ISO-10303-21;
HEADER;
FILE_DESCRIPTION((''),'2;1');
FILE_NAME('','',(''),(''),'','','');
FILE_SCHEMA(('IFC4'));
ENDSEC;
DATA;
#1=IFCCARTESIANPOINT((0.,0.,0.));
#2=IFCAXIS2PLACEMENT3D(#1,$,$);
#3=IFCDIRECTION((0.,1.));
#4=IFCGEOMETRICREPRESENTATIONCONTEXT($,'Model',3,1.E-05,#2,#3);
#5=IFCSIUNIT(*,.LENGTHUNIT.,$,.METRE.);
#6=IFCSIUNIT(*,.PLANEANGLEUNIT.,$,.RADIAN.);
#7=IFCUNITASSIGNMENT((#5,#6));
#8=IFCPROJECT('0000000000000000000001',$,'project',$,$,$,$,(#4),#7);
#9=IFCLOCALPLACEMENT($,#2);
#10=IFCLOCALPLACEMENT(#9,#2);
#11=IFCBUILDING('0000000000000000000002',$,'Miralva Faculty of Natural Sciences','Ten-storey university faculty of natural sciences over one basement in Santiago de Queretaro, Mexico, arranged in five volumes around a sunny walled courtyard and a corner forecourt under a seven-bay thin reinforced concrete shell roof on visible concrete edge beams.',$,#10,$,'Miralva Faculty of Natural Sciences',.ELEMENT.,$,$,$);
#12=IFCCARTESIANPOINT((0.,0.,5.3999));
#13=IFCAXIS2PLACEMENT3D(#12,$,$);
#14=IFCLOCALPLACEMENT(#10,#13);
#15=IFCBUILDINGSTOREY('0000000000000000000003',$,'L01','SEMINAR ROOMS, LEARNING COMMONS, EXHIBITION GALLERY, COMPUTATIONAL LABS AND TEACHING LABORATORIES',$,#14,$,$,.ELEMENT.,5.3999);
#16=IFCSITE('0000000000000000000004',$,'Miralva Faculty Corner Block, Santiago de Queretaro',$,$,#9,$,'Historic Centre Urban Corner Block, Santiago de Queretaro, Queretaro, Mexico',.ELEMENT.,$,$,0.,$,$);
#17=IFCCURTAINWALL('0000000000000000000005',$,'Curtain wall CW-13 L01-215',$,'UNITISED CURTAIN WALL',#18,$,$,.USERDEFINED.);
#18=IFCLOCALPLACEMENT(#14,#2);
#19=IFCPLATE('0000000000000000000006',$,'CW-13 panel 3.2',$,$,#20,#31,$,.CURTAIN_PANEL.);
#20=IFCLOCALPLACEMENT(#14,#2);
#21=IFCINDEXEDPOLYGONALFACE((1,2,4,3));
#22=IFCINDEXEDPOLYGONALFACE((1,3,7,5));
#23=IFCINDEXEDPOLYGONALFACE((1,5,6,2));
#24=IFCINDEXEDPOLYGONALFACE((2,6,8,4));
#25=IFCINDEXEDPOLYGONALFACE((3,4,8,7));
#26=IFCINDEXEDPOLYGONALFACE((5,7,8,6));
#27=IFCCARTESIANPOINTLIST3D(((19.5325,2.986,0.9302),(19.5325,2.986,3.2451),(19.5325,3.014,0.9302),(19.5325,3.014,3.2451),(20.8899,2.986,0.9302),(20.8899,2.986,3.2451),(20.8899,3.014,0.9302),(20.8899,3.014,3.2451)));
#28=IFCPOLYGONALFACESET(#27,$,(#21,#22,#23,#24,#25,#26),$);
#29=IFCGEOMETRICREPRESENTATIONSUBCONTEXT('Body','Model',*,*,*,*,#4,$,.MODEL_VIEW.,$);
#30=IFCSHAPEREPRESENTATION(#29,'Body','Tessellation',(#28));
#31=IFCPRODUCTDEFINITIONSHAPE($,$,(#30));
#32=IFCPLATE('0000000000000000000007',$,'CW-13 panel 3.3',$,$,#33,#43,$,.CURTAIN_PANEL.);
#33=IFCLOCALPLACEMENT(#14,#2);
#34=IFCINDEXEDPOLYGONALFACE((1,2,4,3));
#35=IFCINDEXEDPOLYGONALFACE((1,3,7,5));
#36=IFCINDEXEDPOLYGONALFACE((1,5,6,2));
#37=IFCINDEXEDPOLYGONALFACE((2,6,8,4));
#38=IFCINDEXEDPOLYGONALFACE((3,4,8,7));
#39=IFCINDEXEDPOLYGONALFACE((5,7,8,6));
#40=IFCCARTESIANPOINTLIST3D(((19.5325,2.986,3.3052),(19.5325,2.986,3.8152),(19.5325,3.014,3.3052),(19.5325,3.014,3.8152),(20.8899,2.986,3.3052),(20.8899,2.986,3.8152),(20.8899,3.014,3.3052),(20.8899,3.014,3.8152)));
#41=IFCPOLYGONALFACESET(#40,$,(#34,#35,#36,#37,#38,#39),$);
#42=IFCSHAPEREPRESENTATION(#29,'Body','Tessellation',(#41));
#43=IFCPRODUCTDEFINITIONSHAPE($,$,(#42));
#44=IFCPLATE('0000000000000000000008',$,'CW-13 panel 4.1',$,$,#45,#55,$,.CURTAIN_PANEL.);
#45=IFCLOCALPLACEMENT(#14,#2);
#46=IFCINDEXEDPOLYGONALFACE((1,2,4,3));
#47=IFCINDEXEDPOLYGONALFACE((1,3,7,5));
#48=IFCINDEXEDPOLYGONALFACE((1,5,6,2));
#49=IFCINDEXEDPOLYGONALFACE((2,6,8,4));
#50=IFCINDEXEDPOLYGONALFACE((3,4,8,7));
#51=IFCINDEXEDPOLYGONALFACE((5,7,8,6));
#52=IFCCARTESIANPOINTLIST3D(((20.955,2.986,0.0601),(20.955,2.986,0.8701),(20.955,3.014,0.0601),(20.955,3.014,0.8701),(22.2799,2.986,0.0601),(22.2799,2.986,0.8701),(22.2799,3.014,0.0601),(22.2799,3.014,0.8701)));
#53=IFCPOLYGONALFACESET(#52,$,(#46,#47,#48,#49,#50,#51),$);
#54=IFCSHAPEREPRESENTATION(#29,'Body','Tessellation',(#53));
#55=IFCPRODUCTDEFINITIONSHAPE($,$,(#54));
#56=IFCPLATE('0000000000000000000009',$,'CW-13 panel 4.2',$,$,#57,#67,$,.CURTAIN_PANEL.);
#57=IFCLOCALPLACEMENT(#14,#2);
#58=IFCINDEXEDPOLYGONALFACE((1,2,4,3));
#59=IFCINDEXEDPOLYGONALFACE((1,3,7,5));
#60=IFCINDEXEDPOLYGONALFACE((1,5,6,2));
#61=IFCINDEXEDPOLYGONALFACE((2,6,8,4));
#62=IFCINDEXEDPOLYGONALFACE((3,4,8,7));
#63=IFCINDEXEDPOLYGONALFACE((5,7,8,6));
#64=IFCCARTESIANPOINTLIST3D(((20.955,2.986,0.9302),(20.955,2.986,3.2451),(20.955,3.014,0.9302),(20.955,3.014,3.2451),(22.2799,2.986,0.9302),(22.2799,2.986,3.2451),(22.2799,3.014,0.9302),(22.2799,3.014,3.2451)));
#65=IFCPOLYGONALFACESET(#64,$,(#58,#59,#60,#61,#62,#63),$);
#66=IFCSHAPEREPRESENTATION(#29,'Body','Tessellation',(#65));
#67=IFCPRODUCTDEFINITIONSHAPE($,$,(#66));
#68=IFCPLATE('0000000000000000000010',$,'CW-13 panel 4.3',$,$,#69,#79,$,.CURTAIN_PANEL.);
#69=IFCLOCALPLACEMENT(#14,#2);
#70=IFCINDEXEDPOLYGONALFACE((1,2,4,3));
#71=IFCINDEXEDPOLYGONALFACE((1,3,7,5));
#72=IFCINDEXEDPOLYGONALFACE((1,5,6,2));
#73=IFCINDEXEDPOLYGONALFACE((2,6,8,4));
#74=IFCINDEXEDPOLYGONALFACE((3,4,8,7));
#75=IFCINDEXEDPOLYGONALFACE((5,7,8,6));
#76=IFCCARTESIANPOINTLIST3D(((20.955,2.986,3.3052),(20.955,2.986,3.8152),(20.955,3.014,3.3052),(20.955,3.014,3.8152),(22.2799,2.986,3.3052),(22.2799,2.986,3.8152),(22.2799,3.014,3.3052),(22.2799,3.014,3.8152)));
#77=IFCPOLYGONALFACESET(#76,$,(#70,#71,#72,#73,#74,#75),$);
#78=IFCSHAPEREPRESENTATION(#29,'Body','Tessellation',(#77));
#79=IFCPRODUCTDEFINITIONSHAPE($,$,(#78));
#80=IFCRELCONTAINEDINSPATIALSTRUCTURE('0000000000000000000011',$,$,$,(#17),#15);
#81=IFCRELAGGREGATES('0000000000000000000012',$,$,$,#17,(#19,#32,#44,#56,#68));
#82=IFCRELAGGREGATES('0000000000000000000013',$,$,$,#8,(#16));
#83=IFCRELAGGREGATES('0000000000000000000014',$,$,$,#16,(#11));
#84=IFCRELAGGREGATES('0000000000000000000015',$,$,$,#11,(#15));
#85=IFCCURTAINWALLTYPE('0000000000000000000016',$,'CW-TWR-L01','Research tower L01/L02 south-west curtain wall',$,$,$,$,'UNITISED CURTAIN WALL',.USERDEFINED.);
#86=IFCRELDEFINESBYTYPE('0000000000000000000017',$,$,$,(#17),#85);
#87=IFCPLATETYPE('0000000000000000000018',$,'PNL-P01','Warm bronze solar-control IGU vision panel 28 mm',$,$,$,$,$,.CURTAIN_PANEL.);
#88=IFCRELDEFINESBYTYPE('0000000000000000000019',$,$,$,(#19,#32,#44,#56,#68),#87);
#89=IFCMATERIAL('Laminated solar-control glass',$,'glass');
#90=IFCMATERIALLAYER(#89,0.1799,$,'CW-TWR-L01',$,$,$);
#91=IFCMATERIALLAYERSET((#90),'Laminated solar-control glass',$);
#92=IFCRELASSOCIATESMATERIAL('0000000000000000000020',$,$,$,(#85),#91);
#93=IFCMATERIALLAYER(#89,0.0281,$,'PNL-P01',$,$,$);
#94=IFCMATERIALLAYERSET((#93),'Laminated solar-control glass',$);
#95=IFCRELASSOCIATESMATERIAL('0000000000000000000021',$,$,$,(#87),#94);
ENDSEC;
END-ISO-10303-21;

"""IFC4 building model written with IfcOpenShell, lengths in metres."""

from ifc_helpers import new_model, si_unit, direction, frame, origin, origin_2d, place, context, subcontext, project, spatial, rectangle, extrude, material, layer, layer_set, type_object, element, aggregate, save


model = new_model("IFC4")

# Units and contexts
model_context = context("Model", 3, precision=1e-05, world=origin(), true_north=direction((0.0, 1.0)))
body_context = subcontext(model_context, "Body", "Model", "MODEL_VIEW")
ifc_project = project(units=[si_unit("LENGTHUNIT", "METRE"), si_unit("PLANEANGLEUNIT", "RADIAN")], contexts=[model_context])

# Site, building, storey
site_placement = place(None, origin())
site = spatial("IfcSite", under=ifc_project, at=site_placement, Name="Miralva Faculty Corner Block, Santiago de Queretaro", LongName="Historic Centre Urban Corner Block, Santiago de Queretaro, Queretaro, Mexico", CompositionType="ELEMENT", RefElevation=0.0)
building_placement = place(site_placement, origin())
building = spatial("IfcBuilding", under=site, at=building_placement, Name="Miralva Faculty of Natural Sciences", Description="Ten-storey university faculty of natural sciences over one basement in Santiago de Queretaro, Mexico, arranged in five volumes around a sunny walled courtyard and a corner forecourt under a seven-bay thin reinforced concrete shell roof on visible concrete edge beams.", LongName="Miralva Faculty of Natural Sciences", CompositionType="ELEMENT")
storey_placement = place(building_placement, frame((0.0, 0.0, 5.3999)))
storey = spatial("IfcBuildingStorey", under=building, at=storey_placement, Name="L01", Description="SEMINAR ROOMS, LEARNING COMMONS, EXHIBITION GALLERY, COMPUTATIONAL LABS AND TEACHING LABORATORIES", CompositionType="ELEMENT", Elevation=5.3999)

# Curtain wall
ifc_material_1 = material(Name="Laminated solar-control glass", Category="glass")
ifc_layer_1 = layer(ifc_material_1, 0.1799, Name="CW-TWR-L01")
ifc_layer_set_1 = layer_set([ifc_layer_1], Name="Laminated solar-control glass")
curtain_wall_type = type_object("IfcCurtainWallType", Name="CW-TWR-L01", Description="Research tower L01/L02 south-west curtain wall", ElementType="UNITISED CURTAIN WALL", PredefinedType="USERDEFINED", material=ifc_layer_set_1)
curtain_wall_1_placement = place(storey_placement, origin())
curtain_wall_1 = element("IfcCurtainWall", 1, at=curtain_wall_1_placement, inside=storey, type_object=curtain_wall_type, Name="Curtain wall CW-13 L01-215", ObjectType="UNITISED CURTAIN WALL", PredefinedType="USERDEFINED")

# Plates
ifc_layer_2 = layer(ifc_material_1, 0.0281, Name="PNL-P01")
ifc_layer_set_2 = layer_set([ifc_layer_2], Name="Laminated solar-control glass")
plate_type = type_object("IfcPlateType", Name="PNL-P01", Description="Warm bronze solar-control IGU vision panel 28 mm", PredefinedType="CURTAIN_PANEL", material=ifc_layer_set_2)
plate_1_placement = place(storey_placement, frame((20.2112, 3.0, 0.9302), z_axis=(0.0, 0.0, 1.0), x_axis=(1.0, 0.0, 0.0)))
plate_1 = element("IfcPlate", 2, at=plate_1_placement, type_object=plate_type, Name="CW-13 panel 3.2", PredefinedType="CURTAIN_PANEL", context=body_context, shape_type="SweptSolid", body=[
    extrude(rectangle(XDim=1.3574, YDim=0.0281, at=origin_2d()), origin(), (0.0, 0.0, 1.0), 2.3149),
])
plate_2_placement = place(storey_placement, frame((20.2112, 3.0, 3.3052), z_axis=(0.0, 0.0, 1.0), x_axis=(1.0, 0.0, 0.0)))
plate_2 = element("IfcPlate", 3, at=plate_2_placement, type_object=plate_type, Name="CW-13 panel 3.3", PredefinedType="CURTAIN_PANEL", context=body_context, shape_type="SweptSolid", body=[
    extrude(rectangle(XDim=1.3574, YDim=0.0281, at=origin_2d()), origin(), (0.0, 0.0, 1.0), 0.51),
])
plate_3_placement = place(storey_placement, frame((21.6174, 3.0, 0.0601), z_axis=(0.0, 0.0, 1.0), x_axis=(1.0, 0.0, 0.0)))
plate_3 = element("IfcPlate", 4, at=plate_3_placement, type_object=plate_type, Name="CW-13 panel 4.1", PredefinedType="CURTAIN_PANEL", context=body_context, shape_type="SweptSolid", body=[
    extrude(rectangle(XDim=1.325, YDim=0.0281, at=origin_2d()), origin(), (0.0, 0.0, 1.0), 0.8101),
])
plate_4_placement = place(storey_placement, frame((21.6174, 3.0, 0.9302), z_axis=(0.0, 0.0, 1.0), x_axis=(1.0, 0.0, 0.0)))
plate_4 = element("IfcPlate", 5, at=plate_4_placement, type_object=plate_type, Name="CW-13 panel 4.2", PredefinedType="CURTAIN_PANEL", context=body_context, shape_type="SweptSolid", body=[
    extrude(rectangle(XDim=1.325, YDim=0.0281, at=origin_2d()), origin(), (0.0, 0.0, 1.0), 2.3149),
])
plate_5_placement = place(storey_placement, frame((21.6174, 3.0, 3.3052), z_axis=(0.0, 0.0, 1.0), x_axis=(1.0, 0.0, 0.0)))
plate_5 = element("IfcPlate", 6, at=plate_5_placement, type_object=plate_type, Name="CW-13 panel 4.3", PredefinedType="CURTAIN_PANEL", context=body_context, shape_type="SweptSolid", body=[
    extrude(rectangle(XDim=1.325, YDim=0.0281, at=origin_2d()), origin(), (0.0, 0.0, 1.0), 0.51),
])
aggregate(curtain_wall_1, [plate_1, plate_2, plate_3, plate_4, plate_5])

save(model, "model.ifc")
